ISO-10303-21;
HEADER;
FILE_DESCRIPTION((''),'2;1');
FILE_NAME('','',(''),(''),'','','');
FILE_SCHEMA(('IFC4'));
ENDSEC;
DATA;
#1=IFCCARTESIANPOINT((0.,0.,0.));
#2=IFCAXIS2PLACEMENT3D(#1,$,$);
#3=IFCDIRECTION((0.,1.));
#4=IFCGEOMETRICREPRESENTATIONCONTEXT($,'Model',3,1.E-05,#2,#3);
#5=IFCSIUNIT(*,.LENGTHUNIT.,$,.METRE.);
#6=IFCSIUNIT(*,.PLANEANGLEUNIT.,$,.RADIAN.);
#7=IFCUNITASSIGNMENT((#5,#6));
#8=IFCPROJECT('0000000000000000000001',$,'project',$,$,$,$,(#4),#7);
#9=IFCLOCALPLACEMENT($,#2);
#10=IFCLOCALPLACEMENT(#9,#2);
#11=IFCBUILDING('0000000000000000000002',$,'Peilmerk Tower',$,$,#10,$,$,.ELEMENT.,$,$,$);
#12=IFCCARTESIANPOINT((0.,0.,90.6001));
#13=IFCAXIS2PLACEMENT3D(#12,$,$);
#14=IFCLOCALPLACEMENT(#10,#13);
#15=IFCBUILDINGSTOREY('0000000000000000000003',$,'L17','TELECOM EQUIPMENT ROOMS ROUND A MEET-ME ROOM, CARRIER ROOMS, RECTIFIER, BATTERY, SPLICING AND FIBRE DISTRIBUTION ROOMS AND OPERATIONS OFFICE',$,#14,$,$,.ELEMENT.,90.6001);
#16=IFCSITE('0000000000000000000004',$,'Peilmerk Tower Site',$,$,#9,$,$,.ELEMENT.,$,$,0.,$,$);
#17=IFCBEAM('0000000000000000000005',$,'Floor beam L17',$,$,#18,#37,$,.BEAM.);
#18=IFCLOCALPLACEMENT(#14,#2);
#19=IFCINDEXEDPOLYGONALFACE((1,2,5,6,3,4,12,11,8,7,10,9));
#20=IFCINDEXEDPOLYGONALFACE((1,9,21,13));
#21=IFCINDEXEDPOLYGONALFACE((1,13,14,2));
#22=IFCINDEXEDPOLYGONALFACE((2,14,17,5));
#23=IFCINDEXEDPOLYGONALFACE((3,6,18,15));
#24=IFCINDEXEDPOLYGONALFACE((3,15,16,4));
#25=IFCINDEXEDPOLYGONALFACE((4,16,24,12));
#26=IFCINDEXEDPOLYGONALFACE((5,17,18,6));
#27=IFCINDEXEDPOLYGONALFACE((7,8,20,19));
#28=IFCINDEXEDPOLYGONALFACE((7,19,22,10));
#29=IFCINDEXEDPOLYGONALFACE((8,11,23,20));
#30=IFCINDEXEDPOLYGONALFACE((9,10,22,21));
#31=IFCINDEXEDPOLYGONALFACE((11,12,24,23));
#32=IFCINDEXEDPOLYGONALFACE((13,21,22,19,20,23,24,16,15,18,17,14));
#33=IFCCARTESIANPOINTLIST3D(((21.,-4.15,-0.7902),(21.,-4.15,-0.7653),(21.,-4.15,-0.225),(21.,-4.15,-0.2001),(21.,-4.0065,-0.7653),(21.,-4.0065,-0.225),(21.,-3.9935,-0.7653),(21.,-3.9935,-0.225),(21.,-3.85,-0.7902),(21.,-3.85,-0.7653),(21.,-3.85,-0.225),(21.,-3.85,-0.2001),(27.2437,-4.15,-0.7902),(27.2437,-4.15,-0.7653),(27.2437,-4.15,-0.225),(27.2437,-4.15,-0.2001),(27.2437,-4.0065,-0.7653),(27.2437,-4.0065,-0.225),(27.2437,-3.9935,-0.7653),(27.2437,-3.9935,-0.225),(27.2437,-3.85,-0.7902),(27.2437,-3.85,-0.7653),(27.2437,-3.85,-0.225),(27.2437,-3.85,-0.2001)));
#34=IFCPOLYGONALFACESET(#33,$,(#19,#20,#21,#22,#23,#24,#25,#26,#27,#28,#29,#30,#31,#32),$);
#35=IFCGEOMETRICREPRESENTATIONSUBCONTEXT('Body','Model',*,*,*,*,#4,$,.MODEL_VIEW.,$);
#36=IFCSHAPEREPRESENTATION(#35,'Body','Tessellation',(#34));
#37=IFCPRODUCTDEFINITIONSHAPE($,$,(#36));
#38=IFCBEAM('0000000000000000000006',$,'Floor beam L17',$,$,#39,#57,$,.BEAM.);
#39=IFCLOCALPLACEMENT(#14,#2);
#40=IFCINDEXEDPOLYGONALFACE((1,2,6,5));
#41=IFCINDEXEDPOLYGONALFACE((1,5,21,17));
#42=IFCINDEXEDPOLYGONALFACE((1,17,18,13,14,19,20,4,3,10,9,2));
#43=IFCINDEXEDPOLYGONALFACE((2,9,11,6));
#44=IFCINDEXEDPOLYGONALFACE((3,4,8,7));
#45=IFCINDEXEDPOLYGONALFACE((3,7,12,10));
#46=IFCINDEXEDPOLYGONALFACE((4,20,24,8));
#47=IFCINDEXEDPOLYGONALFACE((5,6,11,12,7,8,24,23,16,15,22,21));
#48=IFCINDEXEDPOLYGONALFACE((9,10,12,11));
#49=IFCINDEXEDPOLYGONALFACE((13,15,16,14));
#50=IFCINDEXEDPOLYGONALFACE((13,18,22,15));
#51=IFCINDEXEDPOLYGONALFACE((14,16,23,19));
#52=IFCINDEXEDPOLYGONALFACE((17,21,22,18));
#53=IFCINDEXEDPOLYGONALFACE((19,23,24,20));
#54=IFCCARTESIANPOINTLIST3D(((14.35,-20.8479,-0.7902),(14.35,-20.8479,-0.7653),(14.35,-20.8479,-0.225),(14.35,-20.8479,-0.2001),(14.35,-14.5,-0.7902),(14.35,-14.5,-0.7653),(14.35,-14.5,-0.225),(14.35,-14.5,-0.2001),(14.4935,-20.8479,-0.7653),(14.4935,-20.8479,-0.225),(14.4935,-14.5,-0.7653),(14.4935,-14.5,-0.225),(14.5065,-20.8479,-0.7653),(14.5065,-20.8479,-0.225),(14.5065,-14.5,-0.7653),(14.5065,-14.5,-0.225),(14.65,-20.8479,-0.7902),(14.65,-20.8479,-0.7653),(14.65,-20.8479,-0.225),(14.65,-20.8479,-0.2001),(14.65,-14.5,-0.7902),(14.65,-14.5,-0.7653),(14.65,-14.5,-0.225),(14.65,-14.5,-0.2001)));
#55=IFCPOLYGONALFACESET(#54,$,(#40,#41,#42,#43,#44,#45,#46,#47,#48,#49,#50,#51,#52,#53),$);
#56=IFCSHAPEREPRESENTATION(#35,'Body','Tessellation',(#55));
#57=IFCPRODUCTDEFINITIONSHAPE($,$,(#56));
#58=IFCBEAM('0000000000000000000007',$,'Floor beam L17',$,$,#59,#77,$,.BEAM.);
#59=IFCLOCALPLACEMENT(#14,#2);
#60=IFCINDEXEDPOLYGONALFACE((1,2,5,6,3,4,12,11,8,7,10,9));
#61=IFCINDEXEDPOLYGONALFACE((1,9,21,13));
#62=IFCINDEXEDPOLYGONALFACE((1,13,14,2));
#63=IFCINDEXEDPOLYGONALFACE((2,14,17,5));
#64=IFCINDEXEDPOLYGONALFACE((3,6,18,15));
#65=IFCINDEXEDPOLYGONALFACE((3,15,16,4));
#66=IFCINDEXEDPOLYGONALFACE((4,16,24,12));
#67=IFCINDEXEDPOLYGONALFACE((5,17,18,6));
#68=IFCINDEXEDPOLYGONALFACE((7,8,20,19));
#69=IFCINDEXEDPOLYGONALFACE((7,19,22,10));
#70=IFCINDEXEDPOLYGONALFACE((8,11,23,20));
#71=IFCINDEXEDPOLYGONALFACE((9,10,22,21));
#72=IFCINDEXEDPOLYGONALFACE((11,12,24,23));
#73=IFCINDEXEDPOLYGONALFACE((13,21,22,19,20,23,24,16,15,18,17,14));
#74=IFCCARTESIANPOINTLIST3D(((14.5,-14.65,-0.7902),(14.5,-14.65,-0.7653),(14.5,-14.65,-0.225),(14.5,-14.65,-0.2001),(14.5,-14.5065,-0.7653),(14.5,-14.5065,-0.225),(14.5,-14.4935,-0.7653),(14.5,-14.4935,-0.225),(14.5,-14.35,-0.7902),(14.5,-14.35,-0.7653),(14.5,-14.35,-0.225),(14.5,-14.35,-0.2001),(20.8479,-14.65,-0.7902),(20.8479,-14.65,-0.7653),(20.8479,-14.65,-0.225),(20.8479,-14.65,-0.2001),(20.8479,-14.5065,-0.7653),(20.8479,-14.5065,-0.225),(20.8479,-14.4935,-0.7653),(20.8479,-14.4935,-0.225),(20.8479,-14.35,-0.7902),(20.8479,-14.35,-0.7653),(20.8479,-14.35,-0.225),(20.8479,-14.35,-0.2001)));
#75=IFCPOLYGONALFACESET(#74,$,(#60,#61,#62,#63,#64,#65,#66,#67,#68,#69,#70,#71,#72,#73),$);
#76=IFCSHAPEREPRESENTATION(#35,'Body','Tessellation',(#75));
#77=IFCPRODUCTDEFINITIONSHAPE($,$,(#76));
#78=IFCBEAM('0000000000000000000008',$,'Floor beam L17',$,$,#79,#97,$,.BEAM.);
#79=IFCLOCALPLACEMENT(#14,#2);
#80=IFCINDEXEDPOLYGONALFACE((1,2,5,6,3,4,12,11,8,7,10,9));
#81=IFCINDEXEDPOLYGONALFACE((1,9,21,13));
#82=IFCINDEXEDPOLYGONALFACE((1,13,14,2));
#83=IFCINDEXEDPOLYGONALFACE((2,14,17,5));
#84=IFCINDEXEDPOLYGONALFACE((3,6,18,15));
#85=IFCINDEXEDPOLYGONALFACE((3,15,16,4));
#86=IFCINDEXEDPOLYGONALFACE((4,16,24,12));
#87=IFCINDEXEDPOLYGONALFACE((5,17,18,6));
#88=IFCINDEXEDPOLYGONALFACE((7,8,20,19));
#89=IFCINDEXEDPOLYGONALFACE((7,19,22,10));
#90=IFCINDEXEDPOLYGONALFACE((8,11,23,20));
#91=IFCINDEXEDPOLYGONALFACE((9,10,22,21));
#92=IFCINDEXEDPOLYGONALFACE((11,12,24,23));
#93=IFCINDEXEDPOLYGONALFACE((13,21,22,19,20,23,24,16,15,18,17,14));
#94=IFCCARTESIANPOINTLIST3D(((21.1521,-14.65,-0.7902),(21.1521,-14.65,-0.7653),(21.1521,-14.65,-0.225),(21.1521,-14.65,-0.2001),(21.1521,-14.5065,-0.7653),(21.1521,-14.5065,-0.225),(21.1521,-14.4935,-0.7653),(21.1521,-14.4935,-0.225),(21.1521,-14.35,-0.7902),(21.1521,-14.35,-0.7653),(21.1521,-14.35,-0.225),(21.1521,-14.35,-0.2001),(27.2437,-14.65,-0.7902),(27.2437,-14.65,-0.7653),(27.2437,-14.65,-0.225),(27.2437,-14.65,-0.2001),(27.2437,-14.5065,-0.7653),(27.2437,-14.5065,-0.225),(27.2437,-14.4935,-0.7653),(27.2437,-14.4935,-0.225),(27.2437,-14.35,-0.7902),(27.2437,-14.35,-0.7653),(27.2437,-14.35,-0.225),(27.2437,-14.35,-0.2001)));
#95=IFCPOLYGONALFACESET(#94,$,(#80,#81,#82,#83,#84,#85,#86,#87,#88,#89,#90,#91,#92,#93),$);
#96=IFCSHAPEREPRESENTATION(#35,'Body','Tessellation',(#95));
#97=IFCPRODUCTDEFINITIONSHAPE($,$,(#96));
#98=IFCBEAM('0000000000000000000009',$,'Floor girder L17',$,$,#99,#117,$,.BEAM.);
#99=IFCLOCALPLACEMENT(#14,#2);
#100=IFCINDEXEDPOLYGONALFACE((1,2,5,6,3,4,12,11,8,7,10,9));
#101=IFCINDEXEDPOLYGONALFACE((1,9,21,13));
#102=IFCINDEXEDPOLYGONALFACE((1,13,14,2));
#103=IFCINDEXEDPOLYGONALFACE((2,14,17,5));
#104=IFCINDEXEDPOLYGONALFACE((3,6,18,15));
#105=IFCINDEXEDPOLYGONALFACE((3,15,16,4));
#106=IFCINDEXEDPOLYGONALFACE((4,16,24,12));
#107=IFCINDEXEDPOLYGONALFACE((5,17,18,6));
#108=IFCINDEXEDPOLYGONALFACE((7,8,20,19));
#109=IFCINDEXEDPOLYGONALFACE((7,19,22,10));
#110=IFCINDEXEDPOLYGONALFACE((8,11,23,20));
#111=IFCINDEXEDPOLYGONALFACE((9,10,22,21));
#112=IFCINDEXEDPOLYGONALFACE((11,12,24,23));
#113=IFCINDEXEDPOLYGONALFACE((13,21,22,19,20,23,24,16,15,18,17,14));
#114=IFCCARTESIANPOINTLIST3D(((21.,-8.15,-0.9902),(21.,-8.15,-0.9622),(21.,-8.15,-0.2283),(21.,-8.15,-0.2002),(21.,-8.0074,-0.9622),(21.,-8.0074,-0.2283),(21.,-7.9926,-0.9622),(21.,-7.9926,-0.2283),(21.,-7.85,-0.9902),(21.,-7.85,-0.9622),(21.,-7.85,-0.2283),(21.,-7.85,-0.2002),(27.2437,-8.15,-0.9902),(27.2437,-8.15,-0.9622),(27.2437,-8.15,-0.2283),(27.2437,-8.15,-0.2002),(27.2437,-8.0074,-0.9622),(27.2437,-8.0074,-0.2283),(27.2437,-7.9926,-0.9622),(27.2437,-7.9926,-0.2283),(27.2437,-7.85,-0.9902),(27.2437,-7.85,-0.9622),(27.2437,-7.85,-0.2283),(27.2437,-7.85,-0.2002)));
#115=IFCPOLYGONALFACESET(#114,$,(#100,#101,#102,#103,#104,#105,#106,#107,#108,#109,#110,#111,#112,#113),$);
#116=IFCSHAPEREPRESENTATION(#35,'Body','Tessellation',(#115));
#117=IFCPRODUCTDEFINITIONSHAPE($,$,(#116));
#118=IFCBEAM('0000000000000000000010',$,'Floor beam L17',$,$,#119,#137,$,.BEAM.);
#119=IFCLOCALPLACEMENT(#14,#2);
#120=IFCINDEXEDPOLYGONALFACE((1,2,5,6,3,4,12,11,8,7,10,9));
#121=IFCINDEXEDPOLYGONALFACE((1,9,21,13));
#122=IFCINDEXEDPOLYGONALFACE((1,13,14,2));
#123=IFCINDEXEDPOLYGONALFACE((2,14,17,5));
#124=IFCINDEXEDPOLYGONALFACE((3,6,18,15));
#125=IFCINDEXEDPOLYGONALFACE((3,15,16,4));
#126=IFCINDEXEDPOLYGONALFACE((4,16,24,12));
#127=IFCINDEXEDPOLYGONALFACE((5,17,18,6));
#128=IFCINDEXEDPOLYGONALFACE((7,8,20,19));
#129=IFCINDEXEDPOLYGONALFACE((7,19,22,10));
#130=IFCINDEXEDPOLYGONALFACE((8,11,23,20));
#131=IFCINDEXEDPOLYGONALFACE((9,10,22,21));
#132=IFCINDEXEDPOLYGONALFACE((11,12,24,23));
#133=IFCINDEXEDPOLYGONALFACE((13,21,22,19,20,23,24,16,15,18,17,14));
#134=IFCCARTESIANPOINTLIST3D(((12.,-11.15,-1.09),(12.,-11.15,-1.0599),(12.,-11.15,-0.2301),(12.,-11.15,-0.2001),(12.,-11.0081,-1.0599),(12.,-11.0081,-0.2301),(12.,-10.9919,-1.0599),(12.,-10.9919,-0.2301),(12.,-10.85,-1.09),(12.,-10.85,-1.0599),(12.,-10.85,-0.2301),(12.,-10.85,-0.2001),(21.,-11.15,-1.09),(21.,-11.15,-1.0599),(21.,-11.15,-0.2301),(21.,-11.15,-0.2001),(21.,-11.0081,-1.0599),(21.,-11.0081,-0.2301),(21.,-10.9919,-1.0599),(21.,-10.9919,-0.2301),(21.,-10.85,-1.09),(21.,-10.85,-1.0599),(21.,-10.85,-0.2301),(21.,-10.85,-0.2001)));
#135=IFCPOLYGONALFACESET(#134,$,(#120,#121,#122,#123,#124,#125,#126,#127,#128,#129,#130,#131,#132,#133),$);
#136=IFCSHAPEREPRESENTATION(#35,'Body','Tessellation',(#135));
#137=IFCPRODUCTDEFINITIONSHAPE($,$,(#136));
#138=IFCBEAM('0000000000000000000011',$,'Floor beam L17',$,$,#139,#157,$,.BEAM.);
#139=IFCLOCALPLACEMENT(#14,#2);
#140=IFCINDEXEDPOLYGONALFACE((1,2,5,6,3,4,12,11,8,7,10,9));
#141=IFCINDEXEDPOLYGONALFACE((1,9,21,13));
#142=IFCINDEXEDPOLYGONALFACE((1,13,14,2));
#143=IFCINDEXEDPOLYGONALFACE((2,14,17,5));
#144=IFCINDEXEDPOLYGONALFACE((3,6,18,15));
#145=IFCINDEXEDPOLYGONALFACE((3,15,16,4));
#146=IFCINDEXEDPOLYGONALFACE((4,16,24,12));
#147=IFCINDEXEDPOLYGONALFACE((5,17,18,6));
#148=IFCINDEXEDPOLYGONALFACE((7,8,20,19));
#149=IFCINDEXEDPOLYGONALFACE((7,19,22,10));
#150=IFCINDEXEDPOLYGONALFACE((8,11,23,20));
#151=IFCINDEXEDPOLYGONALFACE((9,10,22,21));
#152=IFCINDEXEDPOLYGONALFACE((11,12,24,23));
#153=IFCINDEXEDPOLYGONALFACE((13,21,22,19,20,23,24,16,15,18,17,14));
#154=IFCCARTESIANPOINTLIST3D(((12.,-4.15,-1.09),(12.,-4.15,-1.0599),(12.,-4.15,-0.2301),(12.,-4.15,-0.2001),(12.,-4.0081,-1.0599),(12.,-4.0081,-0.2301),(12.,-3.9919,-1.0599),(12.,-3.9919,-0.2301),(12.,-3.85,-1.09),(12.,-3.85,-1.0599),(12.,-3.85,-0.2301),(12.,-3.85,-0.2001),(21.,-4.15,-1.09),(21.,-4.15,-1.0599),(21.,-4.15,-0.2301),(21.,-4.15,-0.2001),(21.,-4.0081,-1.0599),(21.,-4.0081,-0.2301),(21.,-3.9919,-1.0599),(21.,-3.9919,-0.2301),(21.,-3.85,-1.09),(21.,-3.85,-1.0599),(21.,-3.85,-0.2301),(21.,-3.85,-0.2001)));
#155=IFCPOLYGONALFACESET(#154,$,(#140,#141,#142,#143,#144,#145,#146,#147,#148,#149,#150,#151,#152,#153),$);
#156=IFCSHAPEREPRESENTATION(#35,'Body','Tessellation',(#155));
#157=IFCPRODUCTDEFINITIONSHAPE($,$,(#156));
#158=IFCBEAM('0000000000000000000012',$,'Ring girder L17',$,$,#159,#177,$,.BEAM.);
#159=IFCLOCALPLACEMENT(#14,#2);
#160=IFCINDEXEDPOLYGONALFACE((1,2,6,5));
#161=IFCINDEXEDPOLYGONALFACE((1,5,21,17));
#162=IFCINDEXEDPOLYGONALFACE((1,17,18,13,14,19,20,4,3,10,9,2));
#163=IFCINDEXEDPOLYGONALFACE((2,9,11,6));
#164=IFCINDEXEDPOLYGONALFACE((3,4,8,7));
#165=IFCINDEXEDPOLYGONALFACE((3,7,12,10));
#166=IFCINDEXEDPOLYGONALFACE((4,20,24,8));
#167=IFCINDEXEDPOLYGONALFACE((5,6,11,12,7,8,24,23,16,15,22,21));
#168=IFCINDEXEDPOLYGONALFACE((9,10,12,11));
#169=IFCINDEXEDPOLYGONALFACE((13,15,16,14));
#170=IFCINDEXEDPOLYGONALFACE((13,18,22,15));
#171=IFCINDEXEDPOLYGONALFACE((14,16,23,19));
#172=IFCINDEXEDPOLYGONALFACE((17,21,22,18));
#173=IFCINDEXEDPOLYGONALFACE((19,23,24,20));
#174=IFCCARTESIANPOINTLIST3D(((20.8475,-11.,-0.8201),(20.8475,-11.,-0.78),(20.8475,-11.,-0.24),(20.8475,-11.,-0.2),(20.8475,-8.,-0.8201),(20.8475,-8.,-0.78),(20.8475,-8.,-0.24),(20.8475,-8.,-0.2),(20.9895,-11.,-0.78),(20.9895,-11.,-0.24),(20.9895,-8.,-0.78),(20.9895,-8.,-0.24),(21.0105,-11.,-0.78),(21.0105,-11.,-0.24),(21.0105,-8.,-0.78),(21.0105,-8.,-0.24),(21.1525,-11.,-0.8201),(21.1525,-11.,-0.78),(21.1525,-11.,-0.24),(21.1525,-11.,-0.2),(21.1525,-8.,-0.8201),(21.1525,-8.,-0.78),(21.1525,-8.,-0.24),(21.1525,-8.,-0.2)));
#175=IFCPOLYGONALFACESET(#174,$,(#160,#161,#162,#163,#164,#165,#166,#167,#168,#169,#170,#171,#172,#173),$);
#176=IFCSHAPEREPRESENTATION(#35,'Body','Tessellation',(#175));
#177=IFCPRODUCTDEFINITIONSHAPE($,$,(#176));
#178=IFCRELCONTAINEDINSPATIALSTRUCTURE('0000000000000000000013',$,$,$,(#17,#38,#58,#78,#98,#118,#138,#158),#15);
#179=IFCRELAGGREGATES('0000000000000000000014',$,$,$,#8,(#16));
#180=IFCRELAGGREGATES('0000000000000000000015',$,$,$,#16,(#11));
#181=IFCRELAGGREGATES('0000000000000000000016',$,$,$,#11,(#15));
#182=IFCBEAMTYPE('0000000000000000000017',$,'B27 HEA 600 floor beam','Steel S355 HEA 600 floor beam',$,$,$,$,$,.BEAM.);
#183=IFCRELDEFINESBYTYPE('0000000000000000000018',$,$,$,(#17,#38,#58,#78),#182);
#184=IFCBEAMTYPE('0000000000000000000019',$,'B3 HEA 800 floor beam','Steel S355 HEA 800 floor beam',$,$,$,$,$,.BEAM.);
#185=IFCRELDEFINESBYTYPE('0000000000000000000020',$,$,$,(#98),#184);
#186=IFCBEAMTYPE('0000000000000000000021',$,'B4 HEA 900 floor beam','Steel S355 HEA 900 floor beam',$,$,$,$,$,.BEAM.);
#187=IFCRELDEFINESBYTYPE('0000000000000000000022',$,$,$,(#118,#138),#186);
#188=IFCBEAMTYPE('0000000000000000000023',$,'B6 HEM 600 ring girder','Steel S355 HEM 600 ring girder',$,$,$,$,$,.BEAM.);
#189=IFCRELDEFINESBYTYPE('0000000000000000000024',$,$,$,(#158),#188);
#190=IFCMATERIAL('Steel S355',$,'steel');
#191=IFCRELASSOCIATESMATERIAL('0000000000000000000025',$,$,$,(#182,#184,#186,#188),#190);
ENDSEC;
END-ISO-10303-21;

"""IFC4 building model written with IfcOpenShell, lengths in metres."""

from ifc_helpers import new_model, si_unit, direction, frame, origin, origin_2d, place, context, subcontext, project, spatial, i_section, extrude, material, material_profile, profile_set, type_object, element, save


model = new_model("IFC4")

# Units and contexts
model_context = context("Model", 3, precision=1e-05, world=origin(), true_north=direction((0.0, 1.0)))
body_context = subcontext(model_context, "Body", "Model", "MODEL_VIEW")
ifc_project = project(units=[si_unit("LENGTHUNIT", "METRE"), si_unit("PLANEANGLEUNIT", "RADIAN")], contexts=[model_context])

# Site, building, storey
site_placement = place(None, origin())
site = spatial("IfcSite", under=ifc_project, at=site_placement, Name="Peilmerk Tower Site", CompositionType="ELEMENT", RefElevation=0.0)
building_placement = place(site_placement, origin())
building = spatial("IfcBuilding", under=site, at=building_placement, Name="Peilmerk Tower", CompositionType="ELEMENT")
storey_placement = place(building_placement, frame((0.0, 0.0, 90.6001)))
storey = spatial("IfcBuildingStorey", under=building, at=storey_placement, Name="L17", Description="TELECOM EQUIPMENT ROOMS ROUND A MEET-ME ROOM, CARRIER ROOMS, RECTIFIER, BATTERY, SPLICING AND FIBRE DISTRIBUTION ROOMS AND OPERATIONS OFFICE", CompositionType="ELEMENT", Elevation=90.6001)

# Beams
ifc_material_1 = material(Name="Steel S355", Category="steel")
ifc_material_profile_1 = material_profile(ifc_material_1, i_section(OverallWidth=0.3, OverallDepth=0.5901, WebThickness=0.0129, FlangeThickness=0.0249, at=origin_2d()), Name="HEA 600")
ifc_profile_set_1 = profile_set([ifc_material_profile_1], Name="Steel S355")
beam_type_1 = type_object("IfcBeamType", Name="B27 HEA 600 floor beam", Description="Steel S355 HEA 600 floor beam", PredefinedType="BEAM", material=ifc_profile_set_1)
for number, where, z_axis, x_axis, name in (
    (1, (21.0, -4.0, -0.4951), (1.0, 0.0, 0.0), (0.0, 1.0, 0.0), "Floor beam L17"),
):
    element("IfcBeam", number, at=place(storey_placement, frame(where, z_axis=z_axis, x_axis=x_axis)), inside=storey, type_object=beam_type_1, Name=name, PredefinedType="BEAM", context=body_context, shape_type="SweptSolid", body=[
        extrude(i_section(OverallWidth=0.3, OverallDepth=0.5901, WebThickness=0.0129, FlangeThickness=0.0249, at=origin_2d()), origin(), (0.0, 0.0, 1.0), 6.2437),
    ])
for number, where, z_axis, x_axis, name in (
    (2, (14.5, -14.5, -0.4951), (0.0, -1.0, 0.0), (1.0, 0.0, 0.0), "Floor beam L17"),
    (3, (14.5, -14.5, -0.4951), (1.0, 0.0, 0.0), (0.0, 1.0, 0.0), "Floor beam L17"),
):
    element("IfcBeam", number, at=place(storey_placement, frame(where, z_axis=z_axis, x_axis=x_axis)), inside=storey, type_object=beam_type_1, Name=name, PredefinedType="BEAM", context=body_context, shape_type="SweptSolid", body=[
        extrude(i_section(OverallWidth=0.3, OverallDepth=0.5901, WebThickness=0.0129, FlangeThickness=0.0249, at=origin_2d()), origin(), (0.0, 0.0, 1.0), 6.3479),
    ])
beam_1_placement = place(storey_placement, frame((21.1521, -14.5, -0.4951), z_axis=(1.0, 0.0, 0.0), x_axis=(0.0, 1.0, 0.0)))
element("IfcBeam", 4, at=beam_1_placement, inside=storey, type_object=beam_type_1, Name="Floor beam L17", PredefinedType="BEAM", context=body_context, shape_type="SweptSolid", body=[
    extrude(i_section(OverallWidth=0.3, OverallDepth=0.5901, WebThickness=0.0129, FlangeThickness=0.0249, at=origin_2d()), origin(), (0.0, 0.0, 1.0), 6.0916),
])
ifc_material_profile_2 = material_profile(ifc_material_1, i_section(OverallWidth=0.3, OverallDepth=0.79, WebThickness=0.0149, FlangeThickness=0.0281, at=origin_2d()), Name="HEA 800")
ifc_profile_set_2 = profile_set([ifc_material_profile_2], Name="Steel S355")
beam_type_2 = type_object("IfcBeamType", Name="B3 HEA 800 floor beam", Description="Steel S355 HEA 800 floor beam", PredefinedType="BEAM", material=ifc_profile_set_2)
beam_2_placement = place(storey_placement, frame((21.0, -8.0, -0.5952), z_axis=(1.0, 0.0, 0.0), x_axis=(0.0, 1.0, 0.0)))
element("IfcBeam", 5, at=beam_2_placement, inside=storey, type_object=beam_type_2, Name="Floor girder L17", PredefinedType="BEAM", context=body_context, shape_type="SweptSolid", body=[
    extrude(i_section(OverallWidth=0.3, OverallDepth=0.79, WebThickness=0.0149, FlangeThickness=0.0281, at=origin_2d()), origin(), (0.0, 0.0, 1.0), 6.2437),
])
ifc_material_profile_3 = material_profile(ifc_material_1, i_section(OverallWidth=0.3, OverallDepth=0.8899, WebThickness=0.0161, FlangeThickness=0.03, at=origin_2d()), Name="HEA 900")
ifc_profile_set_3 = profile_set([ifc_material_profile_3], Name="Steel S355")
beam_type_3 = type_object("IfcBeamType", Name="B4 HEA 900 floor beam", Description="Steel S355 HEA 900 floor beam", PredefinedType="BEAM", material=ifc_profile_set_3)
for number, where, z_axis, x_axis, name in (
    (6, (12.0, -11.0, -0.645), (1.0, 0.0, 0.0), (0.0, 1.0, 0.0), "Floor beam L17"),
    (7, (12.0, -4.0, -0.645), (1.0, 0.0, 0.0), (0.0, 1.0, 0.0), "Floor beam L17"),
):
    element("IfcBeam", number, at=place(storey_placement, frame(where, z_axis=z_axis, x_axis=x_axis)), inside=storey, type_object=beam_type_3, Name=name, PredefinedType="BEAM", context=body_context, shape_type="SweptSolid", body=[
        extrude(i_section(OverallWidth=0.3, OverallDepth=0.8899, WebThickness=0.0161, FlangeThickness=0.03, at=origin_2d()), origin(), (0.0, 0.0, 1.0), 9.0),
    ])
ifc_material_profile_4 = material_profile(ifc_material_1, i_section(OverallWidth=0.3049, OverallDepth=0.6201, WebThickness=0.021, FlangeThickness=0.04, at=origin_2d()), Name="HEM 600")
ifc_profile_set_4 = profile_set([ifc_material_profile_4], Name="Steel S355")
beam_type_4 = type_object("IfcBeamType", Name="B6 HEM 600 ring girder", Description="Steel S355 HEM 600 ring girder", PredefinedType="BEAM", material=ifc_profile_set_4)
beam_3_placement = place(storey_placement, frame((21.0, -11.0, -0.51), z_axis=(0.0, 1.0, 0.0), x_axis=(-1.0, 0.0, 0.0)))
element("IfcBeam", 8, at=beam_3_placement, inside=storey, type_object=beam_type_4, Name="Ring girder L17", PredefinedType="BEAM", context=body_context, shape_type="SweptSolid", body=[
    extrude(i_section(OverallWidth=0.3049, OverallDepth=0.6201, WebThickness=0.021, FlangeThickness=0.04, at=origin_2d()), origin(), (0.0, 0.0, 1.0), 3.0),
])

save(model, "model.ifc")
